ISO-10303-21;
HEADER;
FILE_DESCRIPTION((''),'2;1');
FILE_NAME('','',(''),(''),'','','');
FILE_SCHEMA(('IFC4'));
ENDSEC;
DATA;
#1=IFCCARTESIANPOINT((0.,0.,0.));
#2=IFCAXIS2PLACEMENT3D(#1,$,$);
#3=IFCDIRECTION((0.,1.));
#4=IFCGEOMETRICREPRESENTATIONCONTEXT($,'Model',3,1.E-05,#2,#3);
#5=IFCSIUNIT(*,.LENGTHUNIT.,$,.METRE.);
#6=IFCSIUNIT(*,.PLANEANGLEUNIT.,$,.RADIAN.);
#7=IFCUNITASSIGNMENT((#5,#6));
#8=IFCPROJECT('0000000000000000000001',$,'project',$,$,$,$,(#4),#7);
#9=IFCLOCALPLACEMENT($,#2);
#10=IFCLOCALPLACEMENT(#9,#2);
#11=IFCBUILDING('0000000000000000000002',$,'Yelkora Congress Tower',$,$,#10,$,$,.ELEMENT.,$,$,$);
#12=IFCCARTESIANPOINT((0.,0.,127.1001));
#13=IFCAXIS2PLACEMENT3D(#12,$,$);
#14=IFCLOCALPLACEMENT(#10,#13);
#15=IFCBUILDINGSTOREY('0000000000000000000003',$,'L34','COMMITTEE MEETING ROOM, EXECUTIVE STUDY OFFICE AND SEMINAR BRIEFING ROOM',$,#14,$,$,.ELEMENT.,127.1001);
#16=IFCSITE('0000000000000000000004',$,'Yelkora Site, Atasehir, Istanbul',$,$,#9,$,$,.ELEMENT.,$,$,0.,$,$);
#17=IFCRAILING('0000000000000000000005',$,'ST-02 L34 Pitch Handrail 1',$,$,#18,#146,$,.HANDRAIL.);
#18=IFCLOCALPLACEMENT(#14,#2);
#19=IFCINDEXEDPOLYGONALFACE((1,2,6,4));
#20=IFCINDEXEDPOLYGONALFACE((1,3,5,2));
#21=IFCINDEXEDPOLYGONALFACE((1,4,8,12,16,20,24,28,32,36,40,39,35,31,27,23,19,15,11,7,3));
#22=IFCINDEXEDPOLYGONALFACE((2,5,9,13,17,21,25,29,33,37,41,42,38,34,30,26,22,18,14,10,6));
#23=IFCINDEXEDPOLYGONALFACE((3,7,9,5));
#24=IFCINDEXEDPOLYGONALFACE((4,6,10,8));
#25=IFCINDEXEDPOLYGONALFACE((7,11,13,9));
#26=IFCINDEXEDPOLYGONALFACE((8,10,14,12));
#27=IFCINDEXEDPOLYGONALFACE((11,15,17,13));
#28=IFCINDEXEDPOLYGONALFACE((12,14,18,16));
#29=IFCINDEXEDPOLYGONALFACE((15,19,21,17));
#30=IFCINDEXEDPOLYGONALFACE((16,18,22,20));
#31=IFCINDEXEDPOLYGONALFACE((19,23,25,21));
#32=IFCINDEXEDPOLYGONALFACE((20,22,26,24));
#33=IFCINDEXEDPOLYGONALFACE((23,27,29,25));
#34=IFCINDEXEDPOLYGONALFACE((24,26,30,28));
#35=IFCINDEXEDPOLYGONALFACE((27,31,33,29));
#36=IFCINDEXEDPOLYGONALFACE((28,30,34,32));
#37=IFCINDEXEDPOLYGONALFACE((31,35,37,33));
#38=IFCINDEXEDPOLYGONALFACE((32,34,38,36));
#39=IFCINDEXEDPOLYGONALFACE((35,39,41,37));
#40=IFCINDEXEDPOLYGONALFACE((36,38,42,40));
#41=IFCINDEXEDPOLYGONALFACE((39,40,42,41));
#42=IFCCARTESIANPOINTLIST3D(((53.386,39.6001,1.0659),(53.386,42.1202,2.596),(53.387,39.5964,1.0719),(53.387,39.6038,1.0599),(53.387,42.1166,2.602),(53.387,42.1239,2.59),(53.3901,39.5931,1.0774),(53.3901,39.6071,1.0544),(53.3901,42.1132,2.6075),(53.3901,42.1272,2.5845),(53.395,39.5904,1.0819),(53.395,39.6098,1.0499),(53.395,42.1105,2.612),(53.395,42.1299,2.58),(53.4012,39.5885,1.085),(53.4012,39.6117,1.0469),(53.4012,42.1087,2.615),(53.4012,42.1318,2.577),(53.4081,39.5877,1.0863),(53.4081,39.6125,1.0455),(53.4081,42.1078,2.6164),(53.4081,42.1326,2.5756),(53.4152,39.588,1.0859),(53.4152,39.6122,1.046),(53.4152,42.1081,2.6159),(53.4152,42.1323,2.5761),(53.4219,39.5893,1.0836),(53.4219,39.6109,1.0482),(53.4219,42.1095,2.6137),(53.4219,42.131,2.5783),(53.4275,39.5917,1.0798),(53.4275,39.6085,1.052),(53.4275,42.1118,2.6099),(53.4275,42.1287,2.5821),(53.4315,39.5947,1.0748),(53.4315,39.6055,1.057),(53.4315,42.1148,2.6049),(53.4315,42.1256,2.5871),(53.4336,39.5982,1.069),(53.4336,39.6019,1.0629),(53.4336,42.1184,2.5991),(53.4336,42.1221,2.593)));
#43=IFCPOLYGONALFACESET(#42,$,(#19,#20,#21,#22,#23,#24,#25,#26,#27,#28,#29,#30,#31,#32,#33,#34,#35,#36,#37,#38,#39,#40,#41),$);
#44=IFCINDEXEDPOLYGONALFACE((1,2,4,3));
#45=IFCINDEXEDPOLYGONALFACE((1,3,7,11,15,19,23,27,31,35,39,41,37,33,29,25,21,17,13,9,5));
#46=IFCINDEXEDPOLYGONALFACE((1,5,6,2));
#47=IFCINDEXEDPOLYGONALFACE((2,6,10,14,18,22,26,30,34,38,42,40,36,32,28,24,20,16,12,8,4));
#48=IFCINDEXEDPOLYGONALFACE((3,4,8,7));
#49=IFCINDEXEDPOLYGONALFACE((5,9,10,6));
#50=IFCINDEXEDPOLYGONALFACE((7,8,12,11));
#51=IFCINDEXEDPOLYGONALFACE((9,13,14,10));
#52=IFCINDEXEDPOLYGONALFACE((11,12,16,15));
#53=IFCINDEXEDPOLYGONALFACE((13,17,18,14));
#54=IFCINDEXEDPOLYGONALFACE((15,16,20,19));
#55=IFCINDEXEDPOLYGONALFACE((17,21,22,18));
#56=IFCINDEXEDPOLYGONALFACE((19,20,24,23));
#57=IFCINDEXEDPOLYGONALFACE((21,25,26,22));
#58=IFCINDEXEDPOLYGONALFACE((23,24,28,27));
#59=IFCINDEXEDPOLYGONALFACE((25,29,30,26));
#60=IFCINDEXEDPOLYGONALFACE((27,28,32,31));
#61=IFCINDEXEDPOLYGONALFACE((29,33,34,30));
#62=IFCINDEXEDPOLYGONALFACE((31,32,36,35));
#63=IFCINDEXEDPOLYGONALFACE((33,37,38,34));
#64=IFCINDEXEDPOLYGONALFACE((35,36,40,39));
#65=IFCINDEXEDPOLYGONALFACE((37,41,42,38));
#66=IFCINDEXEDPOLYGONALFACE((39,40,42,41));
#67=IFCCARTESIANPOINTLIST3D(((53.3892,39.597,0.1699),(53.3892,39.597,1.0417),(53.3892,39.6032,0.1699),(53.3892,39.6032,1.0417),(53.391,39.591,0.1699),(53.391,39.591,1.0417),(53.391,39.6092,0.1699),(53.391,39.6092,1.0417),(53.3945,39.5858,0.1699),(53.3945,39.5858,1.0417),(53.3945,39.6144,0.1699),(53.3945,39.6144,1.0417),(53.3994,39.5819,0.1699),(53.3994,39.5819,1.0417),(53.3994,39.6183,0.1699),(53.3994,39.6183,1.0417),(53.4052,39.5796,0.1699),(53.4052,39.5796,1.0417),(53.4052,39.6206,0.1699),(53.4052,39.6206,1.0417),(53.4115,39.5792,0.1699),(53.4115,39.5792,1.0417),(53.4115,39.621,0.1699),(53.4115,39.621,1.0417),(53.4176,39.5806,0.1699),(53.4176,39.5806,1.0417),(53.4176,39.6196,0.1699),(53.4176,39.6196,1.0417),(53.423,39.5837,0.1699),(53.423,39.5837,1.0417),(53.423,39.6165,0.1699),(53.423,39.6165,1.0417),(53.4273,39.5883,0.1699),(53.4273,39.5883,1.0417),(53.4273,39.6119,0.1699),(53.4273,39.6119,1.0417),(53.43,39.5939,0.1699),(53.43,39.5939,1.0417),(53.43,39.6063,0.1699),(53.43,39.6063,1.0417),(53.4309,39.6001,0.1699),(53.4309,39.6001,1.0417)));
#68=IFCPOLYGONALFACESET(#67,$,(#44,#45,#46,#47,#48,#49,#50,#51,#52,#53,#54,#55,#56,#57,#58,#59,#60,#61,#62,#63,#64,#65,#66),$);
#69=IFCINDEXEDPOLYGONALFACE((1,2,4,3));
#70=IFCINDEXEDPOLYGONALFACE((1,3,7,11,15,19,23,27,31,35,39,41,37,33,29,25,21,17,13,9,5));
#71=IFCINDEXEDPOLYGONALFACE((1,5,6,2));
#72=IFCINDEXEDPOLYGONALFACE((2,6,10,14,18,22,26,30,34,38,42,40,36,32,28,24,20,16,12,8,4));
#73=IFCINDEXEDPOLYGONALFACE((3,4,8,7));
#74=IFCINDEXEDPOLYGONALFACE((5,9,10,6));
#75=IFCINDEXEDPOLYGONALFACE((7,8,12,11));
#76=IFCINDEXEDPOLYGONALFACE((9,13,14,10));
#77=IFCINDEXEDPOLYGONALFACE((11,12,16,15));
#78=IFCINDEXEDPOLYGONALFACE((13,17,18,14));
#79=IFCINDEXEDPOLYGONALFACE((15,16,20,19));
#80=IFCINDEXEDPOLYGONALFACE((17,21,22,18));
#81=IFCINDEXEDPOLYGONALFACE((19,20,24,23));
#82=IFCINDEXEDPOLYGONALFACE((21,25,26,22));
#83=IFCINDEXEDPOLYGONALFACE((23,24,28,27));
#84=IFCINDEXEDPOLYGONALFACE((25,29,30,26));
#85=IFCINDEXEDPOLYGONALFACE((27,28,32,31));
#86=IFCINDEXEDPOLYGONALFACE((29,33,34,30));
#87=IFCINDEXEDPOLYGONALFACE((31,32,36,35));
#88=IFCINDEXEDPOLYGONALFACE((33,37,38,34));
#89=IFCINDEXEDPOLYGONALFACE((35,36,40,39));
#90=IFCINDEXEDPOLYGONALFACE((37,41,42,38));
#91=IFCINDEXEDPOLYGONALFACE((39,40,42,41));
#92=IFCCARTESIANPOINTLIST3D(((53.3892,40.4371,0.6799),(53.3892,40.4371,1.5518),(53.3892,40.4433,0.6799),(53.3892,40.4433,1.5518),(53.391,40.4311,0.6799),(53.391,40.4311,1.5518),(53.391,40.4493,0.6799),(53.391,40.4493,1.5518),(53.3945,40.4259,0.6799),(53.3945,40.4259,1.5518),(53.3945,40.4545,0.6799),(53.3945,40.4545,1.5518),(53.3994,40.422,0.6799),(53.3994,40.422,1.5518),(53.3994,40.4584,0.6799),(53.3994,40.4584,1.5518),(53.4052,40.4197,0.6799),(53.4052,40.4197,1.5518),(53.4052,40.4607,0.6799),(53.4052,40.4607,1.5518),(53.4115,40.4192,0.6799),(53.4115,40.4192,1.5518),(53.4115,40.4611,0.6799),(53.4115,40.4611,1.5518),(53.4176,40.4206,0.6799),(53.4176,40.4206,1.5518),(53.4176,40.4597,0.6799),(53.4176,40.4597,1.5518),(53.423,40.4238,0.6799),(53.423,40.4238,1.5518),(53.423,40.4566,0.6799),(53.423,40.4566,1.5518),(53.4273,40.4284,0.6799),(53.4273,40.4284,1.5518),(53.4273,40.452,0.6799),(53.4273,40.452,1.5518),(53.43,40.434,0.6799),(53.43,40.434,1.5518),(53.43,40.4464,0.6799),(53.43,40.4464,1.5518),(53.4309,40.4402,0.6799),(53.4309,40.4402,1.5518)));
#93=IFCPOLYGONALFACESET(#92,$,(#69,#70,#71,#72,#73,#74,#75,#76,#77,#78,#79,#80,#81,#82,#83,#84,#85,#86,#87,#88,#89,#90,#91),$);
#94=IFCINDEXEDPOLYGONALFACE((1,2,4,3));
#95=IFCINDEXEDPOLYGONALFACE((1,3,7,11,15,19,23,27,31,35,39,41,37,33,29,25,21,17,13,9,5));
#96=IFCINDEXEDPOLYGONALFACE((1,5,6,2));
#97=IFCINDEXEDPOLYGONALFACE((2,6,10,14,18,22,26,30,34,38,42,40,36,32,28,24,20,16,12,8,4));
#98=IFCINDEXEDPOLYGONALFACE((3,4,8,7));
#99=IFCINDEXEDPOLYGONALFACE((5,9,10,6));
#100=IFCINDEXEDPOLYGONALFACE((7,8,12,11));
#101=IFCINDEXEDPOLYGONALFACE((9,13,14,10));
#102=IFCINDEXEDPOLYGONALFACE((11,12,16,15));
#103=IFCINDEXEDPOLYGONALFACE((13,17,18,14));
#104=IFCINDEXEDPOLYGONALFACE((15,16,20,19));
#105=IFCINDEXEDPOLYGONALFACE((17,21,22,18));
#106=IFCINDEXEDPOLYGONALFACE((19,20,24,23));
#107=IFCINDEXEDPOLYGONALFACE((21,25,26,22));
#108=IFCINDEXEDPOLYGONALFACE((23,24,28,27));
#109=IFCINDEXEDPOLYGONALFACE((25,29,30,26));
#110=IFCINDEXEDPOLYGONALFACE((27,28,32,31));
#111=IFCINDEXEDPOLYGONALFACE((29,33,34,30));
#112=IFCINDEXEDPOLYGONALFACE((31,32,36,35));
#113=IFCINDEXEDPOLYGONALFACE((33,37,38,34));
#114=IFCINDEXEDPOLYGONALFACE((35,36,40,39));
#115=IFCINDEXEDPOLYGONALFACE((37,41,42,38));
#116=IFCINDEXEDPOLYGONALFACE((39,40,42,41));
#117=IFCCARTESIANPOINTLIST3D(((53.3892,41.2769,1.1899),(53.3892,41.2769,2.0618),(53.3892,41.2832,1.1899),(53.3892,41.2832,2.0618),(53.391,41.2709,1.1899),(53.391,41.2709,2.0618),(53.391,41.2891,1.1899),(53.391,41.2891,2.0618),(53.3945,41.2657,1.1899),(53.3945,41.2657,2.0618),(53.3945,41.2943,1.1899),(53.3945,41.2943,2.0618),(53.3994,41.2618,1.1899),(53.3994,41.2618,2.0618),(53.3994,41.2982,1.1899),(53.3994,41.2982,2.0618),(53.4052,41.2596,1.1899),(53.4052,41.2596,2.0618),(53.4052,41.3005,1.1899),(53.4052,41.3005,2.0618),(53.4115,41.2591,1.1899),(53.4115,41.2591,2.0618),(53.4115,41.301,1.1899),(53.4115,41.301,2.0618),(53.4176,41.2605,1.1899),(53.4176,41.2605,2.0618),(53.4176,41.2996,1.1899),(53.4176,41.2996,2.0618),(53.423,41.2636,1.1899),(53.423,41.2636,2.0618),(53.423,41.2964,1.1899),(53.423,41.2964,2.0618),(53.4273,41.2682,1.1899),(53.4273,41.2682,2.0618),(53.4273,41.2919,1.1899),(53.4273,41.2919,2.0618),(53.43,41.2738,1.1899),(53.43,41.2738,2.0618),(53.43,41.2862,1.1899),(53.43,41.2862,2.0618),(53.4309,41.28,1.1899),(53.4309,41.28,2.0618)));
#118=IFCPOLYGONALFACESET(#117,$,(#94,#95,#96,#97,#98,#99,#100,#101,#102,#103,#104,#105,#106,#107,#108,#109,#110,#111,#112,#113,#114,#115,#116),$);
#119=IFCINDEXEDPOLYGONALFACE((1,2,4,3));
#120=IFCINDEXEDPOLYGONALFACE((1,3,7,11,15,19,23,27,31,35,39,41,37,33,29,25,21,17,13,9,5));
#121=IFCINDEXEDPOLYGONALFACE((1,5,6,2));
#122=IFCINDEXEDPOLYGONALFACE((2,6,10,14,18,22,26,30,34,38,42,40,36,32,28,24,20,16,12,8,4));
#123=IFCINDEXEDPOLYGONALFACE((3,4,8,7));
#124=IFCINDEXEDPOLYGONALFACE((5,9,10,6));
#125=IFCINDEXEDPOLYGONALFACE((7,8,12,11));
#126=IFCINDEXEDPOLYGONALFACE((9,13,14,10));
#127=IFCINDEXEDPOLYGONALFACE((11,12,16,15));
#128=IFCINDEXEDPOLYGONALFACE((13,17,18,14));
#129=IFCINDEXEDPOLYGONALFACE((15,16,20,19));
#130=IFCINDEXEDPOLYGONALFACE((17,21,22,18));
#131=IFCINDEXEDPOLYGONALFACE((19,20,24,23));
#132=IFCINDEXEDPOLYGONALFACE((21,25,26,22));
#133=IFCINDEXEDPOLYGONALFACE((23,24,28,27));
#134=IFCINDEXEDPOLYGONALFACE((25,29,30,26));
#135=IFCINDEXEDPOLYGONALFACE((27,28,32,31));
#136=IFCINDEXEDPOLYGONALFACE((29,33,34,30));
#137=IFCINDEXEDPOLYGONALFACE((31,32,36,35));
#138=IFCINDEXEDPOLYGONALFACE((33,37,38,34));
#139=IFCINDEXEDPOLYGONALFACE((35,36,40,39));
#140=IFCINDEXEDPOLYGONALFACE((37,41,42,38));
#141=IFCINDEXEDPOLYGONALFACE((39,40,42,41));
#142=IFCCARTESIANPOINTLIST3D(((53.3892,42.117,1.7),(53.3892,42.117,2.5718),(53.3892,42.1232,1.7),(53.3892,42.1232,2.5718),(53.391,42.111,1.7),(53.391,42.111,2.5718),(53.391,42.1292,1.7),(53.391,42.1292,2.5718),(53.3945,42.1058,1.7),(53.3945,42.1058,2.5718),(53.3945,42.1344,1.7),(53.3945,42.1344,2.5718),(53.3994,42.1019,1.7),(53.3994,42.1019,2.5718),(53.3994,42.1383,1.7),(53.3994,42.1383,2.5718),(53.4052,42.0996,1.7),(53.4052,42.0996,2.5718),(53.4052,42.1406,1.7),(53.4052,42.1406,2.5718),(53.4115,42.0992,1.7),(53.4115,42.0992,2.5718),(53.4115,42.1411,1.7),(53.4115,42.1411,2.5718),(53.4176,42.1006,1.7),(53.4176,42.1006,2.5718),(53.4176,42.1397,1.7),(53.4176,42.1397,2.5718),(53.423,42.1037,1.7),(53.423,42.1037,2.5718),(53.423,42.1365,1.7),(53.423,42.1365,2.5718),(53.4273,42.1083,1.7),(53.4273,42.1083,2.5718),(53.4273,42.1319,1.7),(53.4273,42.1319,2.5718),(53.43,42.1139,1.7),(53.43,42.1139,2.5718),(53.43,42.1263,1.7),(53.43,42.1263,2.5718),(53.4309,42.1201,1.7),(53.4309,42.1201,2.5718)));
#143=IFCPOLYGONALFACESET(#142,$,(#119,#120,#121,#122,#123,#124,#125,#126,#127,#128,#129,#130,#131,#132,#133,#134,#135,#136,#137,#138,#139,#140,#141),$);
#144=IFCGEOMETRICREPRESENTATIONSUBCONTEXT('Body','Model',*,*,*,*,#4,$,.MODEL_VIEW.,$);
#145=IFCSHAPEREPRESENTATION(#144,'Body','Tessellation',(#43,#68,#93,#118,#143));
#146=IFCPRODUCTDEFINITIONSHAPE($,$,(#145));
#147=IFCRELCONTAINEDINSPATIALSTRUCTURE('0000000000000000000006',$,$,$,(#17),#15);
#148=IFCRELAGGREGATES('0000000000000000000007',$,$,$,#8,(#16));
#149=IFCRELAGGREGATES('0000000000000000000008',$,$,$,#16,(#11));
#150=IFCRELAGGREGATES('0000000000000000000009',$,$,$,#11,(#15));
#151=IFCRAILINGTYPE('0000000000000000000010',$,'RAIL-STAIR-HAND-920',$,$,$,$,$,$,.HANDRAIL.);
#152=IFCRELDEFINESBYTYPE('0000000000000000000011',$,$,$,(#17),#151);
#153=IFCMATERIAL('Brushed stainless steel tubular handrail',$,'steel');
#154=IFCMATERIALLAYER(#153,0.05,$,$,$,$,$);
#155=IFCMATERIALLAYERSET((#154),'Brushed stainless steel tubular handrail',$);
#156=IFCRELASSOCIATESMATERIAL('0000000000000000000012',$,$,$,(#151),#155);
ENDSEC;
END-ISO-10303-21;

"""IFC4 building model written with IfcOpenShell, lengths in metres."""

from ifc_helpers import new_model, si_unit, direction, frame, origin, origin_2d, place, context, subcontext, project, spatial, circle, extrude, material, layer, layer_set, type_object, element, save


model = new_model("IFC4")

# Units and contexts
model_context = context("Model", 3, precision=1e-05, world=origin(), true_north=direction((0.0, 1.0)))
body_context = subcontext(model_context, "Body", "Model", "MODEL_VIEW")
ifc_project = project(units=[si_unit("LENGTHUNIT", "METRE"), si_unit("PLANEANGLEUNIT", "RADIAN")], contexts=[model_context])

# Site, building, storey
site_placement = place(None, origin())
site = spatial("IfcSite", under=ifc_project, at=site_placement, Name="Yelkora Site, Atasehir, Istanbul", CompositionType="ELEMENT", RefElevation=0.0)
building_placement = place(site_placement, origin())
building = spatial("IfcBuilding", under=site, at=building_placement, Name="Yelkora Congress Tower", CompositionType="ELEMENT")
storey_placement = place(building_placement, frame((0.0, 0.0, 127.1001)))
storey = spatial("IfcBuildingStorey", under=building, at=storey_placement, Name="L34", Description="COMMITTEE MEETING ROOM, EXECUTIVE STUDY OFFICE AND SEMINAR BRIEFING ROOM", CompositionType="ELEMENT", Elevation=127.1001)

# Railing
ifc_material_1 = material(Name="Brushed stainless steel tubular handrail", Category="steel")
ifc_layer_1 = layer(ifc_material_1, 0.05)
ifc_layer_set_1 = layer_set([ifc_layer_1], Name="Brushed stainless steel tubular handrail")
railing_type_1 = type_object("IfcRailingType", Name="RAIL-STAIR-HAND-920", PredefinedType="HANDRAIL", material=ifc_layer_set_1)
railing_1_placement = place(storey_placement, frame((53.4099, 39.6001, 0.1699)))
element("IfcRailing", 1, at=railing_1_placement, inside=storey, type_object=railing_type_1, Name="ST-02 L34 Pitch Handrail 1", PredefinedType="HANDRAIL", context=body_context, shape_type="SweptSolid", body=[
    extrude(circle(Radius=0.0239, at=origin_2d()), frame((0.0, 0.0, 0.896), z_axis=(0.0, 0.854785, 0.518982), x_axis=(-1.0, 0.0, 0.0)), (0.0, 0.0, 1.0), 2.9482),
    extrude(circle(Radius=0.021, at=origin_2d()), origin(), (0.0, 0.0, 1.0), 0.8718),
    extrude(circle(Radius=0.021, at=origin_2d()), frame((0.0, 0.8401, 0.51)), (0.0, 0.0, 1.0), 0.8718),
    extrude(circle(Radius=0.021, at=origin_2d()), frame((0.0, 1.6799, 1.02)), (0.0, 0.0, 1.0), 0.8718),
    extrude(circle(Radius=0.021, at=origin_2d()), frame((0.0, 2.52, 1.53)), (0.0, 0.0, 1.0), 0.8718),
])

save(model, "model.ifc")
